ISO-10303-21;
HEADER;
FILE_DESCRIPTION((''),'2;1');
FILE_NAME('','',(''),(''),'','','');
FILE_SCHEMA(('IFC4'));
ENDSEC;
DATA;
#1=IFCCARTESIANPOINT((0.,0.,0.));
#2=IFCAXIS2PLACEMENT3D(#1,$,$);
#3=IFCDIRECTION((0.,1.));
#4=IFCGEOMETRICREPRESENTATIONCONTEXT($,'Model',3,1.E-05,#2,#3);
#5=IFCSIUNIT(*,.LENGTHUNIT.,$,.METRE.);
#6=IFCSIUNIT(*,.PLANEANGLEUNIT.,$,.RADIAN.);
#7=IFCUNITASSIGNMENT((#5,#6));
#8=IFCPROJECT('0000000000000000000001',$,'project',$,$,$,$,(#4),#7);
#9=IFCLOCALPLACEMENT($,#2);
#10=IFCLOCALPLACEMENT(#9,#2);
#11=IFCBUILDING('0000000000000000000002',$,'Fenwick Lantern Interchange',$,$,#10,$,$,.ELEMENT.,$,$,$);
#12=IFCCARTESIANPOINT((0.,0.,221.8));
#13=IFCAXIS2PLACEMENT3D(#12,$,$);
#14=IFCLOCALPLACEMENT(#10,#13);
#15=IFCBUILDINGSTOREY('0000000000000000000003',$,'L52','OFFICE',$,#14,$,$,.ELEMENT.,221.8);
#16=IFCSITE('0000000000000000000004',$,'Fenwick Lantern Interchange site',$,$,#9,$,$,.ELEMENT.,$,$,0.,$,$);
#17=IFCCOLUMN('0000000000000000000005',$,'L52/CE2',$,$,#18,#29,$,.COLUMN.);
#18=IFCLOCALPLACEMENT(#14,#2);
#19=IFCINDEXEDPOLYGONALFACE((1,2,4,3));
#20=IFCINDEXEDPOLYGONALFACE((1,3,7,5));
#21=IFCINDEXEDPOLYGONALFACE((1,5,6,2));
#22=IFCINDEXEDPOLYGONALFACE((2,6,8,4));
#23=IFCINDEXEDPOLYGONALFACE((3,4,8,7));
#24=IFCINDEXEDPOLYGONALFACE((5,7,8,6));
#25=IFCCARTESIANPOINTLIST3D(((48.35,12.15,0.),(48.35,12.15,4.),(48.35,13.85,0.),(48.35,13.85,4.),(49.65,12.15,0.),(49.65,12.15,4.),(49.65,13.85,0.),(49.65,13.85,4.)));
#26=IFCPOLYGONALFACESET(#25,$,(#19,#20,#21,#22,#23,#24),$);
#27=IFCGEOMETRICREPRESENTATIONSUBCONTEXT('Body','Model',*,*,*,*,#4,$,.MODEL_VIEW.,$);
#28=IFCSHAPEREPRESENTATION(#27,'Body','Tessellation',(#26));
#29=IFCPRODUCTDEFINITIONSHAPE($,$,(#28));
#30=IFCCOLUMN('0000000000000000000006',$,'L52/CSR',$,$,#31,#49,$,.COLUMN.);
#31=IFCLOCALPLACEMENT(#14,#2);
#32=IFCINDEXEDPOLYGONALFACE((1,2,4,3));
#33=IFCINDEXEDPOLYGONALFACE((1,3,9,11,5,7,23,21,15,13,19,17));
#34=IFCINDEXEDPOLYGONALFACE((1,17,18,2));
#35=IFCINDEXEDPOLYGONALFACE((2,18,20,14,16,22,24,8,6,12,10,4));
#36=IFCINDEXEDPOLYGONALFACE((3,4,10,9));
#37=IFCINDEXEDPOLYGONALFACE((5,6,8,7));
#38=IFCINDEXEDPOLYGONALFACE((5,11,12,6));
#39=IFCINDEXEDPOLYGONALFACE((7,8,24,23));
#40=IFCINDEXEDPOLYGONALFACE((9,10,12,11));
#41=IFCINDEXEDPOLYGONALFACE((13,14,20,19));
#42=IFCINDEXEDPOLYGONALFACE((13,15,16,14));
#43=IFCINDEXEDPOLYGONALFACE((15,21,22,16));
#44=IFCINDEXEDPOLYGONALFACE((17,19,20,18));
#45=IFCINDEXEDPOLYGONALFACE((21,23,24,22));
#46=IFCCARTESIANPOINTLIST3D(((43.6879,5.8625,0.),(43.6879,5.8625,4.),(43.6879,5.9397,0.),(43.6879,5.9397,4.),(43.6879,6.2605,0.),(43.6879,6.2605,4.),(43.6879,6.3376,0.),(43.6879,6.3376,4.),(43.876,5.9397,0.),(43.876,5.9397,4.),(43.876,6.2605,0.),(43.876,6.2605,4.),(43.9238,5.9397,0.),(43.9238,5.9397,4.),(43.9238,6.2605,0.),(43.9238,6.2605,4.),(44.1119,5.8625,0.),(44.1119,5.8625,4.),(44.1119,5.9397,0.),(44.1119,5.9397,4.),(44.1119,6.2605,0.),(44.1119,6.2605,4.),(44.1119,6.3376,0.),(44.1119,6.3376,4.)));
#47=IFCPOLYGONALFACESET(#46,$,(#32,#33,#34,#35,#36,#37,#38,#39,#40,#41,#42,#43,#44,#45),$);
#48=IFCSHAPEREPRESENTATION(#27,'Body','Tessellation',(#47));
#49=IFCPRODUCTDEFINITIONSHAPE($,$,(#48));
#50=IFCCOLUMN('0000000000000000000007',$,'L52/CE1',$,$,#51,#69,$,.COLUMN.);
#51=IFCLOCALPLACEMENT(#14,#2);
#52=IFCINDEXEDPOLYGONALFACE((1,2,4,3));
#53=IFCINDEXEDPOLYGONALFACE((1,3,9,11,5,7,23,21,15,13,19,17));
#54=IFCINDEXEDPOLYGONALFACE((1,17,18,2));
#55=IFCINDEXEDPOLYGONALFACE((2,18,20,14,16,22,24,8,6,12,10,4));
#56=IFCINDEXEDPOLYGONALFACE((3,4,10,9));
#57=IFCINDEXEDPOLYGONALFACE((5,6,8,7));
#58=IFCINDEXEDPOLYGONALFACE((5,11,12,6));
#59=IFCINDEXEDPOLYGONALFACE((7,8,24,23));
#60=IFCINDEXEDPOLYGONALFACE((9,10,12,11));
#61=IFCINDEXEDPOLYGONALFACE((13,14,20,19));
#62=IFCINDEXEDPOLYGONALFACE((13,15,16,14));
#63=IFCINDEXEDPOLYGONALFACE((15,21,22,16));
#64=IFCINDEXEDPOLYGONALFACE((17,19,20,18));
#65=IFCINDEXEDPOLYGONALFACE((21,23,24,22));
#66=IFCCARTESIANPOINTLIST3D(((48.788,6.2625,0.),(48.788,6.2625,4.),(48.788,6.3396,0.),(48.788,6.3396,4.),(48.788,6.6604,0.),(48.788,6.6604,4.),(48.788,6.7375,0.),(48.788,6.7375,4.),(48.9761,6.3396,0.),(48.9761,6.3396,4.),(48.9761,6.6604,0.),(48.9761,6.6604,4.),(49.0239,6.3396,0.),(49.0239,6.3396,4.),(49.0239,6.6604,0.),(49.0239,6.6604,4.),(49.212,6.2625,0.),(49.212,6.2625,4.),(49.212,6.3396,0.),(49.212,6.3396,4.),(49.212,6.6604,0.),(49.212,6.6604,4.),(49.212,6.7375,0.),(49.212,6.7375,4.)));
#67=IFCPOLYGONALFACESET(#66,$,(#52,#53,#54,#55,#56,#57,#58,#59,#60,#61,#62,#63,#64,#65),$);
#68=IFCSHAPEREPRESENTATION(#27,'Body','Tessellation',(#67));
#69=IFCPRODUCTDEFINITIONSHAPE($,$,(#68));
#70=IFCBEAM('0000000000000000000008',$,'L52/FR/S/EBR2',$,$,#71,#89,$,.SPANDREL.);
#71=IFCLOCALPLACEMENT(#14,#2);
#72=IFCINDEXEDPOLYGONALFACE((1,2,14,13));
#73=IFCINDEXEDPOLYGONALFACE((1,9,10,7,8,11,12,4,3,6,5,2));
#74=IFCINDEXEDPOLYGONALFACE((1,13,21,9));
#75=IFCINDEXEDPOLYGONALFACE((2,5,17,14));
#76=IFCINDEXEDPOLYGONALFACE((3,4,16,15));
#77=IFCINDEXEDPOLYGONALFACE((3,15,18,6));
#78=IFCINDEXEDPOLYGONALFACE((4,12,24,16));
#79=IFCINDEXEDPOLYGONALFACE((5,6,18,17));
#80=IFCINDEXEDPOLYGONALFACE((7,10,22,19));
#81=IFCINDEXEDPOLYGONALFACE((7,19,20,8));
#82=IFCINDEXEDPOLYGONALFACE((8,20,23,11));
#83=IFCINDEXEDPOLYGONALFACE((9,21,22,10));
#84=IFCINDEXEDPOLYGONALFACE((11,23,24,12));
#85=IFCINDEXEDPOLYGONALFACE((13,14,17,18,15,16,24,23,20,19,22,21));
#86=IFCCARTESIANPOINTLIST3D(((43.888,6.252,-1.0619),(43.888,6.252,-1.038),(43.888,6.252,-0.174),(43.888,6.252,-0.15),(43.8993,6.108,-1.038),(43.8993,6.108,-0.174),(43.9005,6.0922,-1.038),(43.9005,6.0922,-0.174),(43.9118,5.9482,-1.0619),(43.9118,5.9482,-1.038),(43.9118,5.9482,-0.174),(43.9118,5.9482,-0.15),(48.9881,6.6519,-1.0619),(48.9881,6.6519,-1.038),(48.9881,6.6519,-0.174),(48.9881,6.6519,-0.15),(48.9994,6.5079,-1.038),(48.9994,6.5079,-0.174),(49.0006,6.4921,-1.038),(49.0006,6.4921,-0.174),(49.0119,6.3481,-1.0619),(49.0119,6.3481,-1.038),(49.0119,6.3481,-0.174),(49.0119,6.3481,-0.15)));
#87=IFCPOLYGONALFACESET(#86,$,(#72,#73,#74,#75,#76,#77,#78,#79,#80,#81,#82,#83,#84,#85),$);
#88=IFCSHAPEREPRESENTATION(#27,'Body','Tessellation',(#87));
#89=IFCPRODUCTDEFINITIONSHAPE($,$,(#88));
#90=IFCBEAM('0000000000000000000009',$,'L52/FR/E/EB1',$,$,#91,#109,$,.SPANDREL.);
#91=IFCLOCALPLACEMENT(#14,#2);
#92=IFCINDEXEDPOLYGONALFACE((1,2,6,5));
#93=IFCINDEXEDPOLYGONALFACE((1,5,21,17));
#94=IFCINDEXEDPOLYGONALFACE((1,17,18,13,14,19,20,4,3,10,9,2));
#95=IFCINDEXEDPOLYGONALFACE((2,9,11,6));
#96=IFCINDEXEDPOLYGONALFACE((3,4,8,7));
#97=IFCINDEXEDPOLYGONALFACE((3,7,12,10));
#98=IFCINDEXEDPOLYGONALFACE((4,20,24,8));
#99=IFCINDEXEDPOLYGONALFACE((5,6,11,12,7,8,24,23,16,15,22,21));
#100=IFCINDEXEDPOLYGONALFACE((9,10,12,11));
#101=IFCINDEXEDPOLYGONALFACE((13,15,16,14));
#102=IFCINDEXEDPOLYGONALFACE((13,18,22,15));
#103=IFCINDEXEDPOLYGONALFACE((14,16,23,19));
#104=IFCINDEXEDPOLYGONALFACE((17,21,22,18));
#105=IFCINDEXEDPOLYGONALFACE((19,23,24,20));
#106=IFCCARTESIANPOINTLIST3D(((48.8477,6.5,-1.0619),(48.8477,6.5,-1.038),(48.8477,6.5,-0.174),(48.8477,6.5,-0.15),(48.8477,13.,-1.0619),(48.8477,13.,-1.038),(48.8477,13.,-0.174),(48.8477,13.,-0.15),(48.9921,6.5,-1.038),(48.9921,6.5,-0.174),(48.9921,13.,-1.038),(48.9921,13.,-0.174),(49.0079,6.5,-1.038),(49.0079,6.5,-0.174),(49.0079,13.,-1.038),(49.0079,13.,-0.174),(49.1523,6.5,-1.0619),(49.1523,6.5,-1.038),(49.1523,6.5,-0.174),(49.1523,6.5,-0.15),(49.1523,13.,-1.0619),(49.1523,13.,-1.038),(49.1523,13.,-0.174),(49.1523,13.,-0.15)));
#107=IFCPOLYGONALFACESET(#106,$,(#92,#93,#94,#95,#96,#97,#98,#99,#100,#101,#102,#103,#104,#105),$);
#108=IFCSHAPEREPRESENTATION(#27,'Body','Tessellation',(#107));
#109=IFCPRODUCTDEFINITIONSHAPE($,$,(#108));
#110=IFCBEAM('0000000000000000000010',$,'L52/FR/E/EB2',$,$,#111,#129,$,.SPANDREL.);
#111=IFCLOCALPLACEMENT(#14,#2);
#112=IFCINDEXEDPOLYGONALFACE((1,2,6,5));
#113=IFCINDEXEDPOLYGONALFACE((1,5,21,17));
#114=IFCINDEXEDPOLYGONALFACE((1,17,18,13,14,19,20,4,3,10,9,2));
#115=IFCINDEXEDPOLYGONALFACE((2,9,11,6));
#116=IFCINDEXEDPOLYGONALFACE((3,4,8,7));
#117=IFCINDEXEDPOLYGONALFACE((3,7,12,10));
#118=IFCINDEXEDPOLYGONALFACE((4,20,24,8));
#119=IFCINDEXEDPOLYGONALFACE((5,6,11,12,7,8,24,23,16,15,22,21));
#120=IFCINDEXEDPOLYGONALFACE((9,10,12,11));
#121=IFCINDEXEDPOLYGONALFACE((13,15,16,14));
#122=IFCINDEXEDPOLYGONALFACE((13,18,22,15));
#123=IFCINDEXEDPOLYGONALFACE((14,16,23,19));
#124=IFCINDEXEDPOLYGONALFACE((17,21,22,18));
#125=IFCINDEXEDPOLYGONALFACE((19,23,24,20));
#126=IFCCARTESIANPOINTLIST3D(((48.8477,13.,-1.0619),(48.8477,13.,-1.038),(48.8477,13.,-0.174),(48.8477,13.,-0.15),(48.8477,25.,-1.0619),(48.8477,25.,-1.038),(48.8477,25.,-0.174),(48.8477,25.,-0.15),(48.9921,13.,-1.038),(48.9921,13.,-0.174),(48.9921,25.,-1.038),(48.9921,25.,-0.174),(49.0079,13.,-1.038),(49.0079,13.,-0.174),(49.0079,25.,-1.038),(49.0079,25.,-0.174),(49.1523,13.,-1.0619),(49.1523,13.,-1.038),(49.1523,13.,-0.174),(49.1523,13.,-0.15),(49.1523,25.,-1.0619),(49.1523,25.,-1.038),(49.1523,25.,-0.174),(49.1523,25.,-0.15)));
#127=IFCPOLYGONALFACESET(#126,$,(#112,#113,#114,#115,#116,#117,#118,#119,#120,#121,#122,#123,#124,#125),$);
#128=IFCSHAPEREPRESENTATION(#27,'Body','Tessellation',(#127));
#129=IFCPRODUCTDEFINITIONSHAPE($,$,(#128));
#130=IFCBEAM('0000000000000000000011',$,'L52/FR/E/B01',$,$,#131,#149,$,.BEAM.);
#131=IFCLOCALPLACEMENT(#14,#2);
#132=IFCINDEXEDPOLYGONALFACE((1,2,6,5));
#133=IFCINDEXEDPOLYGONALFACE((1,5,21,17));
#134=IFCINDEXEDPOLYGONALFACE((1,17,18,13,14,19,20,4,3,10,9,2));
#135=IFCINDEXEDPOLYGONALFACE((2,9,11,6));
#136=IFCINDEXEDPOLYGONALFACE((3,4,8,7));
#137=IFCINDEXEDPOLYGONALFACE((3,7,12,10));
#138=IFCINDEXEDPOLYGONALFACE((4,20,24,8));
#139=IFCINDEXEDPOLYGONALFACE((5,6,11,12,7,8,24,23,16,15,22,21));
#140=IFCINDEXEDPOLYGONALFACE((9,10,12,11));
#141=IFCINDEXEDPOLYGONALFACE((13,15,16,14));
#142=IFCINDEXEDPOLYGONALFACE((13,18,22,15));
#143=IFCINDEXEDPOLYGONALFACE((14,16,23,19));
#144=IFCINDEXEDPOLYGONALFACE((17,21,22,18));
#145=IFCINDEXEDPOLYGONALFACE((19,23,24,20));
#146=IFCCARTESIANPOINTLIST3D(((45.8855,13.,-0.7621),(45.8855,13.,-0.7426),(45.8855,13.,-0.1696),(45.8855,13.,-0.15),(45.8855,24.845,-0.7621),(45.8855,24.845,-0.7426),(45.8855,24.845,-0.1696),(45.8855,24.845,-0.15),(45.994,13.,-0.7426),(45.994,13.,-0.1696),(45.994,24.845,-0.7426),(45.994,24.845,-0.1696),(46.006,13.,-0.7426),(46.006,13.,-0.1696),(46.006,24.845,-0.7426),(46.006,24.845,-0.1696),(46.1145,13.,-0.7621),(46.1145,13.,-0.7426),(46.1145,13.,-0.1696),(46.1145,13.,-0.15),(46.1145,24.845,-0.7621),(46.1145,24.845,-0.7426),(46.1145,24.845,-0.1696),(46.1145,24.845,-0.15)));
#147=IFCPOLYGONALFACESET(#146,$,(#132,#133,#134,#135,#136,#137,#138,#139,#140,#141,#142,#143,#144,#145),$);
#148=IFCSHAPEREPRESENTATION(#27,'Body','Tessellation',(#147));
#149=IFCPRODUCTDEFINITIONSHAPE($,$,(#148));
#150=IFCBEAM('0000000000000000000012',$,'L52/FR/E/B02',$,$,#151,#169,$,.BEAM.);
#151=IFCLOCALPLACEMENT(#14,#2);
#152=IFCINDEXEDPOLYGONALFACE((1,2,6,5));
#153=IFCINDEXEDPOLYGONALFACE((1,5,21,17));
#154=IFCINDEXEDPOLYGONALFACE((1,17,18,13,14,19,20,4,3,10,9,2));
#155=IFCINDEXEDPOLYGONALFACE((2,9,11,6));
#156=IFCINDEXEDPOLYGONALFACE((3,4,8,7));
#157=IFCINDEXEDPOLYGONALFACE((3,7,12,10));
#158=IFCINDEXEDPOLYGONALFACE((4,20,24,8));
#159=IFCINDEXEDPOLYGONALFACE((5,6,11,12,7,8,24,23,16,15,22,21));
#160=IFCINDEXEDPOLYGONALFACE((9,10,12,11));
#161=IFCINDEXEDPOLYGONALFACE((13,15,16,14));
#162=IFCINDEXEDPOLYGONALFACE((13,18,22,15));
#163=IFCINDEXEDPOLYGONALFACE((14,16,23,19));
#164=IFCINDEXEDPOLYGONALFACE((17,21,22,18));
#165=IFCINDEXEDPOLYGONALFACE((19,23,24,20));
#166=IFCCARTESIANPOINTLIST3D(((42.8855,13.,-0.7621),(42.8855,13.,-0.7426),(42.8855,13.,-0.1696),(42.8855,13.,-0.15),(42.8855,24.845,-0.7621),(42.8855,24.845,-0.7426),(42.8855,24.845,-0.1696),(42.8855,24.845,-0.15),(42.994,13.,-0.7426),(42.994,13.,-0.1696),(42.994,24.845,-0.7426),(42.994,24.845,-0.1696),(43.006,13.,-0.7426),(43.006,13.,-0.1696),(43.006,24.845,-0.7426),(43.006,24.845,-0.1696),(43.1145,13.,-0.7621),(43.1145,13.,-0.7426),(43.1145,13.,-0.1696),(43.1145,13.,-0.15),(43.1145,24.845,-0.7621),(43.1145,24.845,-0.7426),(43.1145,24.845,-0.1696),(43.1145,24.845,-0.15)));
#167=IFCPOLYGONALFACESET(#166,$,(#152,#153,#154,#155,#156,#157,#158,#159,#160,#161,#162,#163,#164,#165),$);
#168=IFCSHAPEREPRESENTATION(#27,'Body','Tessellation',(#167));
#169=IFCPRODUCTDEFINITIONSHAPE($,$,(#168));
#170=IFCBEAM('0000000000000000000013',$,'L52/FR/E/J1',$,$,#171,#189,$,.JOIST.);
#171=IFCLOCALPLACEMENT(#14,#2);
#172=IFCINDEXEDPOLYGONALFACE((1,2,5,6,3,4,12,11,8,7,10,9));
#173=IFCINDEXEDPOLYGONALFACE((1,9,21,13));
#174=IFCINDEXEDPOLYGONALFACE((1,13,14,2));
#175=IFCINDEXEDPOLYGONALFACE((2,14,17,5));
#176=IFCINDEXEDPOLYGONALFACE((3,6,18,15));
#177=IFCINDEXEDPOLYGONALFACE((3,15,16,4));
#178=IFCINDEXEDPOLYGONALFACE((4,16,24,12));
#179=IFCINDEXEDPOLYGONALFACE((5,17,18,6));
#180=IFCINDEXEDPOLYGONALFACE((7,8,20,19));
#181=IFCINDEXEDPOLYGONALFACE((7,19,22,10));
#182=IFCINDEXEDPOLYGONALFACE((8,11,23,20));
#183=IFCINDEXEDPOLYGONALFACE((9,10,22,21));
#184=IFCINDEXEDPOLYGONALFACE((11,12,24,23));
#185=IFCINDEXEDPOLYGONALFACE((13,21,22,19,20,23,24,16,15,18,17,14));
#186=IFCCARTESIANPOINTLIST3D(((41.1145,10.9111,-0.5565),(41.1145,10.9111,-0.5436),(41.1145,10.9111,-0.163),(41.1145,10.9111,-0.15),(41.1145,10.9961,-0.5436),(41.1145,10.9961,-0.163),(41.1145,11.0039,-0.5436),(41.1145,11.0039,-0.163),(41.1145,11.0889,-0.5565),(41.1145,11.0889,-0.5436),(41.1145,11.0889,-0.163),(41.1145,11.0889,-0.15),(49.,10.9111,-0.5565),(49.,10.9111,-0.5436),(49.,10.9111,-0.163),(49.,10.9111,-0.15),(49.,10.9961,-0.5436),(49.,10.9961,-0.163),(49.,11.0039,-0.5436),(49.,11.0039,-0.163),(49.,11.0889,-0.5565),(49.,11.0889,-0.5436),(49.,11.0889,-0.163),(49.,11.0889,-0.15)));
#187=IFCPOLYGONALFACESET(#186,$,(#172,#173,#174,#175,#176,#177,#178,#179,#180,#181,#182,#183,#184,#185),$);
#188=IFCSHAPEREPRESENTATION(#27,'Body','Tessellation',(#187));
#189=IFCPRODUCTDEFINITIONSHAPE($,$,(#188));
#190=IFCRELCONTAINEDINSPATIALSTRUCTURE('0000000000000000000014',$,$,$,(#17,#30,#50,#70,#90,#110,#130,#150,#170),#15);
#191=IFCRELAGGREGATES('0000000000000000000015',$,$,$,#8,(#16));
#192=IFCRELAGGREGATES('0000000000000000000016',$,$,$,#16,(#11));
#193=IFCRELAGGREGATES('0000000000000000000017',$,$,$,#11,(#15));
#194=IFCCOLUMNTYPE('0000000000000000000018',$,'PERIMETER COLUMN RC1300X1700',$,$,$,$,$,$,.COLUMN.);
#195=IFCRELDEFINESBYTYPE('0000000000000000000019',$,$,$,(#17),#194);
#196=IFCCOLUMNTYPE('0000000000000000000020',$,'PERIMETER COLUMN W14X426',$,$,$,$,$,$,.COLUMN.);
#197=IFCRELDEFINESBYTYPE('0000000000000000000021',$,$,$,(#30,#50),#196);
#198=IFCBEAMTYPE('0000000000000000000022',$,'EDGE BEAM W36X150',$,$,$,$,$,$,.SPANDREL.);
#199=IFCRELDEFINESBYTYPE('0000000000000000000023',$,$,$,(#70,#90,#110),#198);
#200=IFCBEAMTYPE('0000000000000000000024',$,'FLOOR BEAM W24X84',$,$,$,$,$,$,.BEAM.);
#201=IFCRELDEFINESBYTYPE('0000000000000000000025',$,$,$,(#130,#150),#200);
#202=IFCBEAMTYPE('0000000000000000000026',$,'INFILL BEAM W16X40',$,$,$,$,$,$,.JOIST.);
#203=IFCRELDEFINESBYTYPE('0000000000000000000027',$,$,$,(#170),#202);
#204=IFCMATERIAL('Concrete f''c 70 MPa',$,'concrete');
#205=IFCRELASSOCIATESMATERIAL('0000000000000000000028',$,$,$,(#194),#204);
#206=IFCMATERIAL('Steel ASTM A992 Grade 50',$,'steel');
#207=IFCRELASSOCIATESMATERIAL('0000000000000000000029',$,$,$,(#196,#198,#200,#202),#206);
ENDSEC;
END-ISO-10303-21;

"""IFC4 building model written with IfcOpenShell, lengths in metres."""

from ifc_helpers import new_model, si_unit, direction, frame, origin, origin_2d, place, context, subcontext, project, spatial, rectangle, i_section, extrude, material, material_profile, profile_set, type_object, element, save


model = new_model("IFC4")

# Units and contexts
model_context = context("Model", 3, precision=1e-05, world=origin(), true_north=direction((0.0, 1.0)))
body_context = subcontext(model_context, "Body", "Model", "MODEL_VIEW")
ifc_project = project(units=[si_unit("LENGTHUNIT", "METRE"), si_unit("PLANEANGLEUNIT", "RADIAN")], contexts=[model_context])

# Site, building, storey
site_placement = place(None, origin())
site = spatial("IfcSite", under=ifc_project, at=site_placement, Name="Fenwick Lantern Interchange site", CompositionType="ELEMENT", RefElevation=0.0)
building_placement = place(site_placement, origin())
building = spatial("IfcBuilding", under=site, at=building_placement, Name="Fenwick Lantern Interchange", CompositionType="ELEMENT")
storey_placement = place(building_placement, frame((0.0, 0.0, 221.8)))
storey = spatial("IfcBuildingStorey", under=building, at=storey_placement, Name="L52", Description="OFFICE", CompositionType="ELEMENT", Elevation=221.8)

# Columns
ifc_material_1 = material(Name="Concrete f'c 70 MPa", Category="concrete")
ifc_material_profile_1 = material_profile(ifc_material_1, rectangle(XDim=1.3, YDim=1.7, at=origin_2d()), Name="RC1300X1700")
ifc_profile_set_1 = profile_set([ifc_material_profile_1], Name="Concrete f'c 70 MPa")
column_type_1 = type_object("IfcColumnType", Name="PERIMETER COLUMN RC1300X1700", PredefinedType="COLUMN", material=ifc_profile_set_1)
column_placement = place(storey_placement, frame((49.0, 13.0, 0.0), z_axis=(0.0, 0.0, 1.0), x_axis=(1.0, 0.0, 0.0)))
element("IfcColumn", 1, at=column_placement, inside=storey, type_object=column_type_1, Name="L52/CE2", PredefinedType="COLUMN", context=body_context, shape_type="SweptSolid", body=[
    extrude(rectangle(XDim=1.3, YDim=1.7, at=origin_2d()), origin(), (0.0, 0.0, 1.0), 4.0),
])
ifc_material_2 = material(Name="Steel ASTM A992 Grade 50", Category="steel")
ifc_material_profile_2 = material_profile(ifc_material_2, i_section(OverallWidth=0.4241, OverallDepth=0.4751, WebThickness=0.0479, FlangeThickness=0.0771, at=origin_2d()), Name="W14X426")
ifc_profile_set_2 = profile_set([ifc_material_profile_2], Name="Steel ASTM A992 Grade 50")
column_type_2 = type_object("IfcColumnType", Name="PERIMETER COLUMN W14X426", PredefinedType="COLUMN", material=ifc_profile_set_2)
for number, where, z_axis, x_axis, name in (
    (2, (43.8999, 6.1001, 0.0), (0.0, 0.0, 1.0), (1.0, 0.0, 0.0), "L52/CSR"),
    (3, (49.0, 6.5, 0.0), (0.0, 0.0, 1.0), (1.0, 0.0, 0.0), "L52/CE1"),
):
    element("IfcColumn", number, at=place(storey_placement, frame(where, z_axis=z_axis, x_axis=x_axis)), inside=storey, type_object=column_type_2, Name=name, PredefinedType="COLUMN", context=body_context, shape_type="SweptSolid", body=[
        extrude(i_section(OverallWidth=0.4241, OverallDepth=0.4751, WebThickness=0.0479, FlangeThickness=0.0771, at=origin_2d()), origin(), (0.0, 0.0, 1.0), 4.0),
    ])

# Beams
ifc_material_profile_3 = material_profile(ifc_material_2, i_section(OverallWidth=0.3047, OverallDepth=0.9119, WebThickness=0.0159, FlangeThickness=0.0239, at=origin_2d()), Name="W36X150")
ifc_profile_set_3 = profile_set([ifc_material_profile_3], Name="Steel ASTM A992 Grade 50")
beam_type_1 = type_object("IfcBeamType", Name="EDGE BEAM W36X150", PredefinedType="SPANDREL", material=ifc_profile_set_3)
beam_1_placement = place(storey_placement, frame((43.8999, 6.1001, -0.606), z_axis=(0.99694, 0.078171, 0.0), x_axis=(-0.078171, 0.99694, 0.0)))
element("IfcBeam", 4, at=beam_1_placement, inside=storey, type_object=beam_type_1, Name="L52/FR/S/EBR2", PredefinedType="SPANDREL", context=body_context, shape_type="SweptSolid", body=[
    extrude(i_section(OverallWidth=0.3047, OverallDepth=0.9119, WebThickness=0.0159, FlangeThickness=0.0239, at=origin_2d()), origin(), (0.0, 0.0, 1.0), 5.1157),
])
beam_2_placement = place(storey_placement, frame((49.0, 6.5, -0.606), z_axis=(0.0, 1.0, 0.0), x_axis=(-1.0, 0.0, 0.0)))
element("IfcBeam", 5, at=beam_2_placement, inside=storey, type_object=beam_type_1, Name="L52/FR/E/EB1", PredefinedType="SPANDREL", context=body_context, shape_type="SweptSolid", body=[
    extrude(i_section(OverallWidth=0.3047, OverallDepth=0.9119, WebThickness=0.0159, FlangeThickness=0.0239, at=origin_2d()), origin(), (0.0, 0.0, 1.0), 6.5),
])
beam_3_placement = place(storey_placement, frame((49.0, 13.0, -0.606), z_axis=(0.0, 1.0, 0.0), x_axis=(-1.0, 0.0, 0.0)))
element("IfcBeam", 6, at=beam_3_placement, inside=storey, type_object=beam_type_1, Name="L52/FR/E/EB2", PredefinedType="SPANDREL", context=body_context, shape_type="SweptSolid", body=[
    extrude(i_section(OverallWidth=0.3047, OverallDepth=0.9119, WebThickness=0.0159, FlangeThickness=0.0239, at=origin_2d()), origin(), (0.0, 0.0, 1.0), 12.0),
])
ifc_material_profile_4 = material_profile(ifc_material_2, i_section(OverallWidth=0.229, OverallDepth=0.6121, WebThickness=0.012, FlangeThickness=0.0195, at=origin_2d()), Name="W24X84")
ifc_profile_set_4 = profile_set([ifc_material_profile_4], Name="Steel ASTM A992 Grade 50")
beam_type_2 = type_object("IfcBeamType", Name="FLOOR BEAM W24X84", PredefinedType="BEAM", material=ifc_profile_set_4)
for number, where, z_axis, x_axis, name in (
    (7, (46.0, 13.0, -0.4561), (0.0, 1.0, 0.0), (-1.0, 0.0, 0.0), "L52/FR/E/B01"),
    (8, (43.0, 13.0, -0.4561), (0.0, 1.0, 0.0), (-1.0, 0.0, 0.0), "L52/FR/E/B02"),
):
    element("IfcBeam", number, at=place(storey_placement, frame(where, z_axis=z_axis, x_axis=x_axis)), inside=storey, type_object=beam_type_2, Name=name, PredefinedType="BEAM", context=body_context, shape_type="SweptSolid", body=[
        extrude(i_section(OverallWidth=0.229, OverallDepth=0.6121, WebThickness=0.012, FlangeThickness=0.0195, at=origin_2d()), origin(), (0.0, 0.0, 1.0), 11.845),
    ])
ifc_material_profile_5 = material_profile(ifc_material_2, i_section(OverallWidth=0.1777, OverallDepth=0.4065, WebThickness=0.0078, FlangeThickness=0.0129, at=origin_2d()), Name="W16X40")
ifc_profile_set_5 = profile_set([ifc_material_profile_5], Name="Steel ASTM A992 Grade 50")
beam_type_3 = type_object("IfcBeamType", Name="INFILL BEAM W16X40", PredefinedType="JOIST", material=ifc_profile_set_5)
beam_4_placement = place(storey_placement, frame((49.0, 11.0, -0.3533), z_axis=(-1.0, 0.0, 0.0), x_axis=(0.0, -1.0, 0.0)))
element("IfcBeam", 9, at=beam_4_placement, inside=storey, type_object=beam_type_3, Name="L52/FR/E/J1", PredefinedType="JOIST", context=body_context, shape_type="SweptSolid", body=[
    extrude(i_section(OverallWidth=0.1777, OverallDepth=0.4065, WebThickness=0.0078, FlangeThickness=0.0129, at=origin_2d()), origin(), (0.0, 0.0, 1.0), 7.8855),
])

save(model, "model.ifc")
